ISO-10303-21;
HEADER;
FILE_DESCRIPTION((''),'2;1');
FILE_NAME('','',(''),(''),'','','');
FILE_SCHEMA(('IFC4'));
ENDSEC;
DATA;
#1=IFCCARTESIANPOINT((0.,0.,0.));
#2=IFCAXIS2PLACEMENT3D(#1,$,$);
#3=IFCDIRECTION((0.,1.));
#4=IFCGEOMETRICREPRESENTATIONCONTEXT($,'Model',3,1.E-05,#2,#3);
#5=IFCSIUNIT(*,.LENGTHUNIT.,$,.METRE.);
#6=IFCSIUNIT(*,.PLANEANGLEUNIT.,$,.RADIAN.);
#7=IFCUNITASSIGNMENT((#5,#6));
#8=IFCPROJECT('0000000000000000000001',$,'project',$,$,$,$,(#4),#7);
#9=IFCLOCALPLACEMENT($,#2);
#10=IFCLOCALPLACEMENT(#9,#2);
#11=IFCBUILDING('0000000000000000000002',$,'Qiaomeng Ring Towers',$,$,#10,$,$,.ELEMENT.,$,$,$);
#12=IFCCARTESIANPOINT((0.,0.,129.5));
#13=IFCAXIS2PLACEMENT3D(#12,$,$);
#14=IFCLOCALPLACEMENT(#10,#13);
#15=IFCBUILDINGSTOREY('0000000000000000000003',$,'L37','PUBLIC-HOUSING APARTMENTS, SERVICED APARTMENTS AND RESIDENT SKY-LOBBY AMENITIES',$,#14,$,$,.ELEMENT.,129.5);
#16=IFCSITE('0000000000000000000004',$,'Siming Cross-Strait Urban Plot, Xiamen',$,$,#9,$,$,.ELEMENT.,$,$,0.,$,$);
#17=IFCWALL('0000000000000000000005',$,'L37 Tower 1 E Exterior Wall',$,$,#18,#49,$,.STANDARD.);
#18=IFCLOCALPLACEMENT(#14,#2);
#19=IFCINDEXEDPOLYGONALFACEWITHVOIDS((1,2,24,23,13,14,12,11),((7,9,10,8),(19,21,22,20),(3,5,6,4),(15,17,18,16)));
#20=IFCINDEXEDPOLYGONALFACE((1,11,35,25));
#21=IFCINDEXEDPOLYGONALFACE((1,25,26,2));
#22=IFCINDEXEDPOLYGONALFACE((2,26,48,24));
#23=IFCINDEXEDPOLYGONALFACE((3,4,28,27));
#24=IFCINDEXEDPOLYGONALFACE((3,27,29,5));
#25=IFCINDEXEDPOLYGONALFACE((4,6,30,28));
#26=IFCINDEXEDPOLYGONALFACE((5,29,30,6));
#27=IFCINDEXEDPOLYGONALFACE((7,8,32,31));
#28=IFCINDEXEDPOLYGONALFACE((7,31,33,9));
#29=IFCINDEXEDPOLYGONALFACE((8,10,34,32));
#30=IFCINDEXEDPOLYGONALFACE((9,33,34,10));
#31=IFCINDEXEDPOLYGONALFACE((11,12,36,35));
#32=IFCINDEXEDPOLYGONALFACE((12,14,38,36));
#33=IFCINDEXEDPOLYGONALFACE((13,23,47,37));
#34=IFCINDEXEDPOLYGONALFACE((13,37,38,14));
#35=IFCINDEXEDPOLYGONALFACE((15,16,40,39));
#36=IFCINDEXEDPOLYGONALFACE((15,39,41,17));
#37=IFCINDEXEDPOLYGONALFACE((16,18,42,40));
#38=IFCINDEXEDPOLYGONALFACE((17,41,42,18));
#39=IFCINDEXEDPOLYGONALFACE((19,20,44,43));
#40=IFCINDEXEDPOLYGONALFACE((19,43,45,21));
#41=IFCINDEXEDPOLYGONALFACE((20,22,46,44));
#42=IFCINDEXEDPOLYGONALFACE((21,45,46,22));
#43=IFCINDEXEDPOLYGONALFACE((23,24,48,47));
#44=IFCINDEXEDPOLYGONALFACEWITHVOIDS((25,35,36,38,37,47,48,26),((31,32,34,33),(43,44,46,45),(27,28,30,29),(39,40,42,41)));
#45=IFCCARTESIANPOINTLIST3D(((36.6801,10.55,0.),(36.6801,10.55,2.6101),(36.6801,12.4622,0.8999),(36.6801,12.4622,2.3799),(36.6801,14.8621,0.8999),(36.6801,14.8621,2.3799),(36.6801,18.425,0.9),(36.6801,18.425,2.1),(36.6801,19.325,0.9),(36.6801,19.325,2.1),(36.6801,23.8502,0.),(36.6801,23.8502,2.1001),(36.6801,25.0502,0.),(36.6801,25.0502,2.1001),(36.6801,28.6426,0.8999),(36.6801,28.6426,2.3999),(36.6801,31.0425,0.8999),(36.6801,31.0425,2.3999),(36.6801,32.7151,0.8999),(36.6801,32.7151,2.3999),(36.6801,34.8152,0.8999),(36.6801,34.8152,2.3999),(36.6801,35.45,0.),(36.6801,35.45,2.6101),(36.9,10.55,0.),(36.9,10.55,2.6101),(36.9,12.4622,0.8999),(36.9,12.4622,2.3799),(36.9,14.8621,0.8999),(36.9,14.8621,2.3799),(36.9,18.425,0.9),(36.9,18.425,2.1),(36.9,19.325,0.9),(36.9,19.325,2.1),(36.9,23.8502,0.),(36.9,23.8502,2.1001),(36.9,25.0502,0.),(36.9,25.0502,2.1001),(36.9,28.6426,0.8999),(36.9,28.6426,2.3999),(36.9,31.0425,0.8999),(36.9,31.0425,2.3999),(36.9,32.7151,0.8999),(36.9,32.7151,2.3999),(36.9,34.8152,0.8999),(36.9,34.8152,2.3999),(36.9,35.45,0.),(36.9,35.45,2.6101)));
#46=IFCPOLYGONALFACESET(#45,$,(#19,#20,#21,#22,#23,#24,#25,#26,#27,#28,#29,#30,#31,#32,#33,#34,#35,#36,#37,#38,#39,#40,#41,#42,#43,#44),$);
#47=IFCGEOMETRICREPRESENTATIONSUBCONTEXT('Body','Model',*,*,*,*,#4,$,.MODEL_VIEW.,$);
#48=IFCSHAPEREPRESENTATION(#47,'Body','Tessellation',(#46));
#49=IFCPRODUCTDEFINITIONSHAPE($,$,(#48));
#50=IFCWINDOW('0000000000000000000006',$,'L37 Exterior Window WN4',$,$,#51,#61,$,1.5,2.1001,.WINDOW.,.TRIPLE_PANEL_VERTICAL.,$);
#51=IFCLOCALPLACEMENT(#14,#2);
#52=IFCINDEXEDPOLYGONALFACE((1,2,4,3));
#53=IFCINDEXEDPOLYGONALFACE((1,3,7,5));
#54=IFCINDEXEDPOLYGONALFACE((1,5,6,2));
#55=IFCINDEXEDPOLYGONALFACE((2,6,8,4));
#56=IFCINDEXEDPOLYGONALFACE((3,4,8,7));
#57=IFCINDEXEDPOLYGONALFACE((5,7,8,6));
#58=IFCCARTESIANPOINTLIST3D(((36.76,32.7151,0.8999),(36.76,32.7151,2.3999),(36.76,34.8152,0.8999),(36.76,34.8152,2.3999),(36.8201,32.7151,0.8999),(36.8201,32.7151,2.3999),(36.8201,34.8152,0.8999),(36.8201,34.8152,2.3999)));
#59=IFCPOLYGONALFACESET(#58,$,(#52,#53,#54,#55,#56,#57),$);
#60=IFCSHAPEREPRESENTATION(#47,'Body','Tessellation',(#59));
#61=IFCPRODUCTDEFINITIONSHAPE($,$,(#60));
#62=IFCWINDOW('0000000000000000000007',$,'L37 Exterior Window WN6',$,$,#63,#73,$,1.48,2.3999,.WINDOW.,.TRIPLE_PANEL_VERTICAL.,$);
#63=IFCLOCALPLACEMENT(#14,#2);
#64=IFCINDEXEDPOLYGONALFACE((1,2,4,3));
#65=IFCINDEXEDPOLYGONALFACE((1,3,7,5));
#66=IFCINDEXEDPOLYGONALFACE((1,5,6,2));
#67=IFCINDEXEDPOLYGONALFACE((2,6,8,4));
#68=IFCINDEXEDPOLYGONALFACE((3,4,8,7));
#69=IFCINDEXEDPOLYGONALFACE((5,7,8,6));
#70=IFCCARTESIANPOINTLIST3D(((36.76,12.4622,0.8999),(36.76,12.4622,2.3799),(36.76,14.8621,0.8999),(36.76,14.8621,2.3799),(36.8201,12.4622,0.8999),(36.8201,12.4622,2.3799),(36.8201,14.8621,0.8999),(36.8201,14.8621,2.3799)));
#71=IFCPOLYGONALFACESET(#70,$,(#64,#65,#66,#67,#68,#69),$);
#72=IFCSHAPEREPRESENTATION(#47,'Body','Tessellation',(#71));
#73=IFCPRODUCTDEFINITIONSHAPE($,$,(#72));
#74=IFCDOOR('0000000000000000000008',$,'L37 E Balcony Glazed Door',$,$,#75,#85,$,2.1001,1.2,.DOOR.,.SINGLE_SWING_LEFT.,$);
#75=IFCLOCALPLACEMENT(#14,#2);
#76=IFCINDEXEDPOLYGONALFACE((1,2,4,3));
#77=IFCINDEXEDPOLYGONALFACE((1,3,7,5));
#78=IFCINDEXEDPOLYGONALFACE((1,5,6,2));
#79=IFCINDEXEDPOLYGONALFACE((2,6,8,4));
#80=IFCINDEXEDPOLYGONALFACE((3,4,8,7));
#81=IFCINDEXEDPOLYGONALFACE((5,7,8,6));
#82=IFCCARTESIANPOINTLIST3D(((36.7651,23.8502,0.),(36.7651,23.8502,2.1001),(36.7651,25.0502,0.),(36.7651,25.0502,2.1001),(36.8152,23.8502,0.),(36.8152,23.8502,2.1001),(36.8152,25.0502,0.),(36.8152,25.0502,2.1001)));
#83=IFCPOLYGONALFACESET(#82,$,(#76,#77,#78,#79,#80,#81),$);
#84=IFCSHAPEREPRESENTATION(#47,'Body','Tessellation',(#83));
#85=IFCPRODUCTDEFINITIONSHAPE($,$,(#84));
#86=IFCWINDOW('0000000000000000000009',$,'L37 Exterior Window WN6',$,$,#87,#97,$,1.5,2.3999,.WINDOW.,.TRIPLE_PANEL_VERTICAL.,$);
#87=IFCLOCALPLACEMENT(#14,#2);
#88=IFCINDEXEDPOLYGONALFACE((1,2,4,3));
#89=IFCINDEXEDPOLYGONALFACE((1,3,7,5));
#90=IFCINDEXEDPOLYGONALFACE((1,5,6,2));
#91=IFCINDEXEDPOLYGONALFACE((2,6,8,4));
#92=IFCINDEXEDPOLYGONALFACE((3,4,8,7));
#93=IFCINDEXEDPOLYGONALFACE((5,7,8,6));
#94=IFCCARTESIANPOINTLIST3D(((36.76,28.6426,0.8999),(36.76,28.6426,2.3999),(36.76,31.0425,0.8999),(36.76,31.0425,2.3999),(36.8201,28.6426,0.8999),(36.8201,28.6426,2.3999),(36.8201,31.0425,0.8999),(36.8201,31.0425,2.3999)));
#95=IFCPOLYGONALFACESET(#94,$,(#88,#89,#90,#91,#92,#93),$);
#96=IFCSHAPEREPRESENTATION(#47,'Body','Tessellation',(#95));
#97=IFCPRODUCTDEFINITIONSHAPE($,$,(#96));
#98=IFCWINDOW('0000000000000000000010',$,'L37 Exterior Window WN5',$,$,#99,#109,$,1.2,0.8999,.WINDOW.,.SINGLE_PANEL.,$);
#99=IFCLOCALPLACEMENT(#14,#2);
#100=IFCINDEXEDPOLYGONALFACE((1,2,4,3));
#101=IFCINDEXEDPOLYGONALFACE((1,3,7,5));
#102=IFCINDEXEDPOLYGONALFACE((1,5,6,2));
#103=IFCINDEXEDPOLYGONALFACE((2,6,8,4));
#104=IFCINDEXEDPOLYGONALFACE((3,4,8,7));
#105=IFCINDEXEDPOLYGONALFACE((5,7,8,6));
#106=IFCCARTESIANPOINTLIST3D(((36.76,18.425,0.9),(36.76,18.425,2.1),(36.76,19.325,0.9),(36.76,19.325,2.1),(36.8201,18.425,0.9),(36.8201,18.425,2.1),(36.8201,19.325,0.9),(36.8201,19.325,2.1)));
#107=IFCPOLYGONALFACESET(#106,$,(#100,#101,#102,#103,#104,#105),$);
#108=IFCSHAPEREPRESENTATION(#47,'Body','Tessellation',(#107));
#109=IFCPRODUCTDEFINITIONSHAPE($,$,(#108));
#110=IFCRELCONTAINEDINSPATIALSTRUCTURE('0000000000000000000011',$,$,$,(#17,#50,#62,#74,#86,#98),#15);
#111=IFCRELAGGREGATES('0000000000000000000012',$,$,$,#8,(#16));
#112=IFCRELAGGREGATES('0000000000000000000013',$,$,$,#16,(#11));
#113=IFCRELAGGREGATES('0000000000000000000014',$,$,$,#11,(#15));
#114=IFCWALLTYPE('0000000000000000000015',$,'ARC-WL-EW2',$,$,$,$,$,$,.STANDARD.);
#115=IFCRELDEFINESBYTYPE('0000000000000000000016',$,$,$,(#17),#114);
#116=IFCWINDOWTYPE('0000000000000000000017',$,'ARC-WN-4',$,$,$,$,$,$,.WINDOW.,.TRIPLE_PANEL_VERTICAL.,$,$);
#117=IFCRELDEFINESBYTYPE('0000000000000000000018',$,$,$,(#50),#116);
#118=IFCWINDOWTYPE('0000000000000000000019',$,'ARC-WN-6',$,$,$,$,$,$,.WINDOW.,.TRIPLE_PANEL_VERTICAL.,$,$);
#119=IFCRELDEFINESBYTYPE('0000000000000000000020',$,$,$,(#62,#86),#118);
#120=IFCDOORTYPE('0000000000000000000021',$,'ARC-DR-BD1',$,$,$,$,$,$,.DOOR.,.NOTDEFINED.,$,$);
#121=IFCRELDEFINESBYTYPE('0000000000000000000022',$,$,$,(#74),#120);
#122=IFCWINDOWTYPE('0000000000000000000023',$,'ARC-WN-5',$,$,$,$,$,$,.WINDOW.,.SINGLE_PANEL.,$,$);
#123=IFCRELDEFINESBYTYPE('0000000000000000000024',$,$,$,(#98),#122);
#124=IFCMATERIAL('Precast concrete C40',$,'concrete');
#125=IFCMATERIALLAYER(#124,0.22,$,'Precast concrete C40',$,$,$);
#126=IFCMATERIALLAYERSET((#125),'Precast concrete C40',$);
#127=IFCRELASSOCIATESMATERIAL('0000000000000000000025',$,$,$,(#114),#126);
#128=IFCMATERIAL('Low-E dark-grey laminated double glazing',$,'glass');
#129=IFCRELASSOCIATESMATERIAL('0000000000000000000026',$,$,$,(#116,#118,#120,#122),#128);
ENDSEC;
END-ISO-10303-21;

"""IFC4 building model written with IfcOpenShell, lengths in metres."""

from ifc_helpers import new_model, si_unit, direction, frame, frame_2d, origin, place, context, subcontext, project, spatial, rectangle, extrude, source, transform, mapped, material, layer, layer_set, type_object, element, fill, save


model = new_model("IFC4")

# Units and contexts
model_context = context("Model", 3, precision=1e-05, world=origin(), true_north=direction((0.0, 1.0)))
body_context = subcontext(model_context, "Body", "Model", "MODEL_VIEW")
ifc_project = project(units=[si_unit("LENGTHUNIT", "METRE"), si_unit("PLANEANGLEUNIT", "RADIAN")], contexts=[model_context])

# Site, building, storey
site_placement = place(None, origin())
site = spatial("IfcSite", under=ifc_project, at=site_placement, Name="Siming Cross-Strait Urban Plot, Xiamen", CompositionType="ELEMENT", RefElevation=0.0)
building_placement = place(site_placement, origin())
building = spatial("IfcBuilding", under=site, at=building_placement, Name="Qiaomeng Ring Towers", CompositionType="ELEMENT")
storey_placement = place(building_placement, frame((0.0, 0.0, 129.5)))
storey = spatial("IfcBuildingStorey", under=building, at=storey_placement, Name="L37", Description="PUBLIC-HOUSING APARTMENTS, SERVICED APARTMENTS AND RESIDENT SKY-LOBBY AMENITIES", CompositionType="ELEMENT", Elevation=129.5)

# Shared definitions
ifc_material_1 = material(Name="Low-E dark-grey laminated double glazing", Category="glass")

# Wall, openings, windows, door
ifc_material_2 = material(Name="Precast concrete C40", Category="concrete")
ifc_layer_1 = layer(ifc_material_2, 0.22, Name="Precast concrete C40")
ifc_layer_set_1 = layer_set([ifc_layer_1], Name="Precast concrete C40")
wall_type_1 = type_object("IfcWallType", Name="ARC-WL-EW2", PredefinedType="STANDARD", material=ifc_layer_set_1)
wall_1_placement = place(storey_placement, frame((36.79, 10.55, 0.0), z_axis=(0.0, 0.0, 1.0), x_axis=(0.0, 1.0, 0.0)))
wall_1 = element("IfcWall", 1, at=wall_1_placement, inside=storey, type_object=wall_type_1, Name="L37 Tower 1 E Exterior Wall", PredefinedType="STANDARD", context=body_context, shape_type="SweptSolid", body=[
    extrude(rectangle(XDim=24.8999, YDim=0.22, at=frame_2d((12.45, 0.0))), origin(), (0.0, 0.0, 1.0), 2.6101),
])
opening_1_placement = place(wall_1_placement, frame((13.3, 0.0, 0.0)))
opening_1 = element("IfcOpeningElement", 2, at=opening_1_placement, cuts=wall_1, PredefinedType="OPENING", context=body_context, shape_type="SweptSolid", body=[
    extrude(rectangle(XDim=1.2, YDim=2.1001, at=frame_2d((0.6001, 1.05))), frame((0.0, 0.1199, 0.0), z_axis=(0.0, -1.0, 0.0), x_axis=(1.0, 0.0, 0.0)), (0.0, 0.0, 1.0), 0.24),
])
opening_2_placement = place(wall_1_placement, frame((1.9121, 0.0, 0.8999)))
opening_2 = element("IfcOpeningElement", 3, at=opening_2_placement, cuts=wall_1, PredefinedType="OPENING", context=body_context, shape_type="SweptSolid", body=[
    extrude(rectangle(XDim=2.3999, YDim=1.48, at=frame_2d((1.2, 0.74))), frame((0.0, 0.1199, 0.0), z_axis=(0.0, -1.0, 0.0), x_axis=(1.0, 0.0, 0.0)), (0.0, 0.0, 1.0), 0.24),
])
opening_3_placement = place(wall_1_placement, frame((22.165, 0.0, 0.8999)))
opening_3 = element("IfcOpeningElement", 4, at=opening_3_placement, cuts=wall_1, PredefinedType="OPENING", context=body_context, shape_type="SweptSolid", body=[
    extrude(rectangle(XDim=2.1001, YDim=1.5, at=frame_2d((1.05, 0.75))), frame((0.0, 0.1199, 0.0), z_axis=(0.0, -1.0, 0.0), x_axis=(1.0, 0.0, 0.0)), (0.0, 0.0, 1.0), 0.24),
])
opening_4_placement = place(wall_1_placement, frame((18.0925, 0.0, 0.8999)))
opening_4 = element("IfcOpeningElement", 5, at=opening_4_placement, cuts=wall_1, PredefinedType="OPENING", context=body_context, shape_type="SweptSolid", body=[
    extrude(rectangle(XDim=2.3999, YDim=1.5, at=frame_2d((1.2, 0.75))), frame((0.0, 0.1199, 0.0), z_axis=(0.0, -1.0, 0.0), x_axis=(1.0, 0.0, 0.0)), (0.0, 0.0, 1.0), 0.24),
])
opening_5_placement = place(wall_1_placement, frame((7.875, 0.0, 0.8999)))
opening_5 = element("IfcOpeningElement", 6, at=opening_5_placement, cuts=wall_1, PredefinedType="OPENING", context=body_context, shape_type="SweptSolid", body=[
    extrude(rectangle(XDim=0.8999, YDim=1.2, at=frame_2d((0.45, 0.6001))), frame((0.0, 0.1199, 0.0), z_axis=(0.0, -1.0, 0.0), x_axis=(1.0, 0.0, 0.0)), (0.0, 0.0, 1.0), 0.24),
])
window_type_1 = type_object("IfcWindowType", Name="ARC-WN-4", PartitioningType="TRIPLE_PANEL_VERTICAL", PredefinedType="WINDOW", material=ifc_material_1)
shared_shape_1 = source(origin(), body_context, "Body", "SweptSolid", [
    extrude(rectangle(XDim=2.1001, YDim=1.5, at=frame_2d((1.05, 0.75))), frame((0.0, 0.03, 0.0), z_axis=(0.0, -1.0, 0.0), x_axis=(1.0, 0.0, 0.0)), (0.0, 0.0, 1.0), 0.0601),
])
window_1_placement = place(opening_3_placement, origin())
window_1 = element("IfcWindow", 7, at=window_1_placement, inside=storey, type_object=window_type_1, Name="L37 Exterior Window WN4", OverallHeight=1.5, OverallWidth=2.1001, PartitioningType="TRIPLE_PANEL_VERTICAL", PredefinedType="WINDOW", context=body_context, shape_type="MappedRepresentation", body=[
    mapped(shared_shape_1, transform((0.0, 0.0, 0.0), x_axis=(1.0, 0.0, 0.0), y_axis=(0.0, 1.0, 0.0), z_axis=(0.0, 0.0, 1.0), scale=1.0)),
])
fill(opening_3, window_1)
window_type_2 = type_object("IfcWindowType", Name="ARC-WN-6", PartitioningType="TRIPLE_PANEL_VERTICAL", PredefinedType="WINDOW", material=ifc_material_1)
shared_shape_2 = source(origin(), body_context, "Body", "SweptSolid", [
    extrude(rectangle(XDim=2.3999, YDim=1.48, at=frame_2d((1.2, 0.74))), frame((0.0, 0.03, 0.0), z_axis=(0.0, -1.0, 0.0), x_axis=(1.0, 0.0, 0.0)), (0.0, 0.0, 1.0), 0.0601),
])
window_2_placement = place(opening_2_placement, origin())
window_2 = element("IfcWindow", 8, at=window_2_placement, inside=storey, type_object=window_type_2, Name="L37 Exterior Window WN6", OverallHeight=1.48, OverallWidth=2.3999, PartitioningType="TRIPLE_PANEL_VERTICAL", PredefinedType="WINDOW", context=body_context, shape_type="MappedRepresentation", body=[
    mapped(shared_shape_2, transform((0.0, 0.0, 0.0), x_axis=(1.0, 0.0, 0.0), y_axis=(0.0, 1.0, 0.0), z_axis=(0.0, 0.0, 1.0), scale=1.0)),
])
fill(opening_2, window_2)
door_type_1 = type_object("IfcDoorType", Name="ARC-DR-BD1", OperationType="NOTDEFINED", PredefinedType="DOOR", material=ifc_material_1)
shared_shape_3 = source(origin(), body_context, "Body", "SweptSolid", [
    extrude(rectangle(XDim=1.2, YDim=2.1001, at=frame_2d((0.6001, 1.05))), frame((0.0, 0.0249, 0.0), z_axis=(0.0, -1.0, 0.0), x_axis=(1.0, 0.0, 0.0)), (0.0, 0.0, 1.0), 0.05),
])
door_1_placement = place(opening_1_placement, origin())
door_1 = element("IfcDoor", 9, at=door_1_placement, inside=storey, type_object=door_type_1, Name="L37 E Balcony Glazed Door", OperationType="SINGLE_SWING_LEFT", OverallHeight=2.1001, OverallWidth=1.2, PredefinedType="DOOR", context=body_context, shape_type="MappedRepresentation", body=[
    mapped(shared_shape_3, transform((0.0, 0.0, 0.0), x_axis=(1.0, 0.0, 0.0), y_axis=(0.0, 1.0, 0.0), z_axis=(0.0, 0.0, 1.0), scale=1.0)),
])
fill(opening_1, door_1)
shared_shape_4 = source(origin(), body_context, "Body", "SweptSolid", [
    extrude(rectangle(XDim=2.3999, YDim=1.5, at=frame_2d((1.2, 0.75))), frame((0.0, 0.03, 0.0), z_axis=(0.0, -1.0, 0.0), x_axis=(1.0, 0.0, 0.0)), (0.0, 0.0, 1.0), 0.0601),
])
window_3_placement = place(opening_4_placement, origin())
window_3 = element("IfcWindow", 10, at=window_3_placement, inside=storey, type_object=window_type_2, Name="L37 Exterior Window WN6", OverallHeight=1.5, OverallWidth=2.3999, PartitioningType="TRIPLE_PANEL_VERTICAL", PredefinedType="WINDOW", context=body_context, shape_type="MappedRepresentation", body=[
    mapped(shared_shape_4, transform((0.0, 0.0, 0.0), x_axis=(1.0, 0.0, 0.0), y_axis=(0.0, 1.0, 0.0), z_axis=(0.0, 0.0, 1.0), scale=1.0)),
])
fill(opening_4, window_3)
window_type_3 = type_object("IfcWindowType", Name="ARC-WN-5", PartitioningType="SINGLE_PANEL", PredefinedType="WINDOW", material=ifc_material_1)
shared_shape_5 = source(origin(), body_context, "Body", "SweptSolid", [
    extrude(rectangle(XDim=0.8999, YDim=1.2, at=frame_2d((0.45, 0.6001))), frame((0.0, 0.03, 0.0), z_axis=(0.0, -1.0, 0.0), x_axis=(1.0, 0.0, 0.0)), (0.0, 0.0, 1.0), 0.0601),
])
window_4_placement = place(opening_5_placement, origin())
window_4 = element("IfcWindow", 11, at=window_4_placement, inside=storey, type_object=window_type_3, Name="L37 Exterior Window WN5", OverallHeight=1.2, OverallWidth=0.8999, PartitioningType="SINGLE_PANEL", PredefinedType="WINDOW", context=body_context, shape_type="MappedRepresentation", body=[
    mapped(shared_shape_5, transform((0.0, 0.0, 0.0), x_axis=(1.0, 0.0, 0.0), y_axis=(0.0, 1.0, 0.0), z_axis=(0.0, 0.0, 1.0), scale=1.0)),
])
fill(opening_5, window_4)

save(model, "model.ifc")
